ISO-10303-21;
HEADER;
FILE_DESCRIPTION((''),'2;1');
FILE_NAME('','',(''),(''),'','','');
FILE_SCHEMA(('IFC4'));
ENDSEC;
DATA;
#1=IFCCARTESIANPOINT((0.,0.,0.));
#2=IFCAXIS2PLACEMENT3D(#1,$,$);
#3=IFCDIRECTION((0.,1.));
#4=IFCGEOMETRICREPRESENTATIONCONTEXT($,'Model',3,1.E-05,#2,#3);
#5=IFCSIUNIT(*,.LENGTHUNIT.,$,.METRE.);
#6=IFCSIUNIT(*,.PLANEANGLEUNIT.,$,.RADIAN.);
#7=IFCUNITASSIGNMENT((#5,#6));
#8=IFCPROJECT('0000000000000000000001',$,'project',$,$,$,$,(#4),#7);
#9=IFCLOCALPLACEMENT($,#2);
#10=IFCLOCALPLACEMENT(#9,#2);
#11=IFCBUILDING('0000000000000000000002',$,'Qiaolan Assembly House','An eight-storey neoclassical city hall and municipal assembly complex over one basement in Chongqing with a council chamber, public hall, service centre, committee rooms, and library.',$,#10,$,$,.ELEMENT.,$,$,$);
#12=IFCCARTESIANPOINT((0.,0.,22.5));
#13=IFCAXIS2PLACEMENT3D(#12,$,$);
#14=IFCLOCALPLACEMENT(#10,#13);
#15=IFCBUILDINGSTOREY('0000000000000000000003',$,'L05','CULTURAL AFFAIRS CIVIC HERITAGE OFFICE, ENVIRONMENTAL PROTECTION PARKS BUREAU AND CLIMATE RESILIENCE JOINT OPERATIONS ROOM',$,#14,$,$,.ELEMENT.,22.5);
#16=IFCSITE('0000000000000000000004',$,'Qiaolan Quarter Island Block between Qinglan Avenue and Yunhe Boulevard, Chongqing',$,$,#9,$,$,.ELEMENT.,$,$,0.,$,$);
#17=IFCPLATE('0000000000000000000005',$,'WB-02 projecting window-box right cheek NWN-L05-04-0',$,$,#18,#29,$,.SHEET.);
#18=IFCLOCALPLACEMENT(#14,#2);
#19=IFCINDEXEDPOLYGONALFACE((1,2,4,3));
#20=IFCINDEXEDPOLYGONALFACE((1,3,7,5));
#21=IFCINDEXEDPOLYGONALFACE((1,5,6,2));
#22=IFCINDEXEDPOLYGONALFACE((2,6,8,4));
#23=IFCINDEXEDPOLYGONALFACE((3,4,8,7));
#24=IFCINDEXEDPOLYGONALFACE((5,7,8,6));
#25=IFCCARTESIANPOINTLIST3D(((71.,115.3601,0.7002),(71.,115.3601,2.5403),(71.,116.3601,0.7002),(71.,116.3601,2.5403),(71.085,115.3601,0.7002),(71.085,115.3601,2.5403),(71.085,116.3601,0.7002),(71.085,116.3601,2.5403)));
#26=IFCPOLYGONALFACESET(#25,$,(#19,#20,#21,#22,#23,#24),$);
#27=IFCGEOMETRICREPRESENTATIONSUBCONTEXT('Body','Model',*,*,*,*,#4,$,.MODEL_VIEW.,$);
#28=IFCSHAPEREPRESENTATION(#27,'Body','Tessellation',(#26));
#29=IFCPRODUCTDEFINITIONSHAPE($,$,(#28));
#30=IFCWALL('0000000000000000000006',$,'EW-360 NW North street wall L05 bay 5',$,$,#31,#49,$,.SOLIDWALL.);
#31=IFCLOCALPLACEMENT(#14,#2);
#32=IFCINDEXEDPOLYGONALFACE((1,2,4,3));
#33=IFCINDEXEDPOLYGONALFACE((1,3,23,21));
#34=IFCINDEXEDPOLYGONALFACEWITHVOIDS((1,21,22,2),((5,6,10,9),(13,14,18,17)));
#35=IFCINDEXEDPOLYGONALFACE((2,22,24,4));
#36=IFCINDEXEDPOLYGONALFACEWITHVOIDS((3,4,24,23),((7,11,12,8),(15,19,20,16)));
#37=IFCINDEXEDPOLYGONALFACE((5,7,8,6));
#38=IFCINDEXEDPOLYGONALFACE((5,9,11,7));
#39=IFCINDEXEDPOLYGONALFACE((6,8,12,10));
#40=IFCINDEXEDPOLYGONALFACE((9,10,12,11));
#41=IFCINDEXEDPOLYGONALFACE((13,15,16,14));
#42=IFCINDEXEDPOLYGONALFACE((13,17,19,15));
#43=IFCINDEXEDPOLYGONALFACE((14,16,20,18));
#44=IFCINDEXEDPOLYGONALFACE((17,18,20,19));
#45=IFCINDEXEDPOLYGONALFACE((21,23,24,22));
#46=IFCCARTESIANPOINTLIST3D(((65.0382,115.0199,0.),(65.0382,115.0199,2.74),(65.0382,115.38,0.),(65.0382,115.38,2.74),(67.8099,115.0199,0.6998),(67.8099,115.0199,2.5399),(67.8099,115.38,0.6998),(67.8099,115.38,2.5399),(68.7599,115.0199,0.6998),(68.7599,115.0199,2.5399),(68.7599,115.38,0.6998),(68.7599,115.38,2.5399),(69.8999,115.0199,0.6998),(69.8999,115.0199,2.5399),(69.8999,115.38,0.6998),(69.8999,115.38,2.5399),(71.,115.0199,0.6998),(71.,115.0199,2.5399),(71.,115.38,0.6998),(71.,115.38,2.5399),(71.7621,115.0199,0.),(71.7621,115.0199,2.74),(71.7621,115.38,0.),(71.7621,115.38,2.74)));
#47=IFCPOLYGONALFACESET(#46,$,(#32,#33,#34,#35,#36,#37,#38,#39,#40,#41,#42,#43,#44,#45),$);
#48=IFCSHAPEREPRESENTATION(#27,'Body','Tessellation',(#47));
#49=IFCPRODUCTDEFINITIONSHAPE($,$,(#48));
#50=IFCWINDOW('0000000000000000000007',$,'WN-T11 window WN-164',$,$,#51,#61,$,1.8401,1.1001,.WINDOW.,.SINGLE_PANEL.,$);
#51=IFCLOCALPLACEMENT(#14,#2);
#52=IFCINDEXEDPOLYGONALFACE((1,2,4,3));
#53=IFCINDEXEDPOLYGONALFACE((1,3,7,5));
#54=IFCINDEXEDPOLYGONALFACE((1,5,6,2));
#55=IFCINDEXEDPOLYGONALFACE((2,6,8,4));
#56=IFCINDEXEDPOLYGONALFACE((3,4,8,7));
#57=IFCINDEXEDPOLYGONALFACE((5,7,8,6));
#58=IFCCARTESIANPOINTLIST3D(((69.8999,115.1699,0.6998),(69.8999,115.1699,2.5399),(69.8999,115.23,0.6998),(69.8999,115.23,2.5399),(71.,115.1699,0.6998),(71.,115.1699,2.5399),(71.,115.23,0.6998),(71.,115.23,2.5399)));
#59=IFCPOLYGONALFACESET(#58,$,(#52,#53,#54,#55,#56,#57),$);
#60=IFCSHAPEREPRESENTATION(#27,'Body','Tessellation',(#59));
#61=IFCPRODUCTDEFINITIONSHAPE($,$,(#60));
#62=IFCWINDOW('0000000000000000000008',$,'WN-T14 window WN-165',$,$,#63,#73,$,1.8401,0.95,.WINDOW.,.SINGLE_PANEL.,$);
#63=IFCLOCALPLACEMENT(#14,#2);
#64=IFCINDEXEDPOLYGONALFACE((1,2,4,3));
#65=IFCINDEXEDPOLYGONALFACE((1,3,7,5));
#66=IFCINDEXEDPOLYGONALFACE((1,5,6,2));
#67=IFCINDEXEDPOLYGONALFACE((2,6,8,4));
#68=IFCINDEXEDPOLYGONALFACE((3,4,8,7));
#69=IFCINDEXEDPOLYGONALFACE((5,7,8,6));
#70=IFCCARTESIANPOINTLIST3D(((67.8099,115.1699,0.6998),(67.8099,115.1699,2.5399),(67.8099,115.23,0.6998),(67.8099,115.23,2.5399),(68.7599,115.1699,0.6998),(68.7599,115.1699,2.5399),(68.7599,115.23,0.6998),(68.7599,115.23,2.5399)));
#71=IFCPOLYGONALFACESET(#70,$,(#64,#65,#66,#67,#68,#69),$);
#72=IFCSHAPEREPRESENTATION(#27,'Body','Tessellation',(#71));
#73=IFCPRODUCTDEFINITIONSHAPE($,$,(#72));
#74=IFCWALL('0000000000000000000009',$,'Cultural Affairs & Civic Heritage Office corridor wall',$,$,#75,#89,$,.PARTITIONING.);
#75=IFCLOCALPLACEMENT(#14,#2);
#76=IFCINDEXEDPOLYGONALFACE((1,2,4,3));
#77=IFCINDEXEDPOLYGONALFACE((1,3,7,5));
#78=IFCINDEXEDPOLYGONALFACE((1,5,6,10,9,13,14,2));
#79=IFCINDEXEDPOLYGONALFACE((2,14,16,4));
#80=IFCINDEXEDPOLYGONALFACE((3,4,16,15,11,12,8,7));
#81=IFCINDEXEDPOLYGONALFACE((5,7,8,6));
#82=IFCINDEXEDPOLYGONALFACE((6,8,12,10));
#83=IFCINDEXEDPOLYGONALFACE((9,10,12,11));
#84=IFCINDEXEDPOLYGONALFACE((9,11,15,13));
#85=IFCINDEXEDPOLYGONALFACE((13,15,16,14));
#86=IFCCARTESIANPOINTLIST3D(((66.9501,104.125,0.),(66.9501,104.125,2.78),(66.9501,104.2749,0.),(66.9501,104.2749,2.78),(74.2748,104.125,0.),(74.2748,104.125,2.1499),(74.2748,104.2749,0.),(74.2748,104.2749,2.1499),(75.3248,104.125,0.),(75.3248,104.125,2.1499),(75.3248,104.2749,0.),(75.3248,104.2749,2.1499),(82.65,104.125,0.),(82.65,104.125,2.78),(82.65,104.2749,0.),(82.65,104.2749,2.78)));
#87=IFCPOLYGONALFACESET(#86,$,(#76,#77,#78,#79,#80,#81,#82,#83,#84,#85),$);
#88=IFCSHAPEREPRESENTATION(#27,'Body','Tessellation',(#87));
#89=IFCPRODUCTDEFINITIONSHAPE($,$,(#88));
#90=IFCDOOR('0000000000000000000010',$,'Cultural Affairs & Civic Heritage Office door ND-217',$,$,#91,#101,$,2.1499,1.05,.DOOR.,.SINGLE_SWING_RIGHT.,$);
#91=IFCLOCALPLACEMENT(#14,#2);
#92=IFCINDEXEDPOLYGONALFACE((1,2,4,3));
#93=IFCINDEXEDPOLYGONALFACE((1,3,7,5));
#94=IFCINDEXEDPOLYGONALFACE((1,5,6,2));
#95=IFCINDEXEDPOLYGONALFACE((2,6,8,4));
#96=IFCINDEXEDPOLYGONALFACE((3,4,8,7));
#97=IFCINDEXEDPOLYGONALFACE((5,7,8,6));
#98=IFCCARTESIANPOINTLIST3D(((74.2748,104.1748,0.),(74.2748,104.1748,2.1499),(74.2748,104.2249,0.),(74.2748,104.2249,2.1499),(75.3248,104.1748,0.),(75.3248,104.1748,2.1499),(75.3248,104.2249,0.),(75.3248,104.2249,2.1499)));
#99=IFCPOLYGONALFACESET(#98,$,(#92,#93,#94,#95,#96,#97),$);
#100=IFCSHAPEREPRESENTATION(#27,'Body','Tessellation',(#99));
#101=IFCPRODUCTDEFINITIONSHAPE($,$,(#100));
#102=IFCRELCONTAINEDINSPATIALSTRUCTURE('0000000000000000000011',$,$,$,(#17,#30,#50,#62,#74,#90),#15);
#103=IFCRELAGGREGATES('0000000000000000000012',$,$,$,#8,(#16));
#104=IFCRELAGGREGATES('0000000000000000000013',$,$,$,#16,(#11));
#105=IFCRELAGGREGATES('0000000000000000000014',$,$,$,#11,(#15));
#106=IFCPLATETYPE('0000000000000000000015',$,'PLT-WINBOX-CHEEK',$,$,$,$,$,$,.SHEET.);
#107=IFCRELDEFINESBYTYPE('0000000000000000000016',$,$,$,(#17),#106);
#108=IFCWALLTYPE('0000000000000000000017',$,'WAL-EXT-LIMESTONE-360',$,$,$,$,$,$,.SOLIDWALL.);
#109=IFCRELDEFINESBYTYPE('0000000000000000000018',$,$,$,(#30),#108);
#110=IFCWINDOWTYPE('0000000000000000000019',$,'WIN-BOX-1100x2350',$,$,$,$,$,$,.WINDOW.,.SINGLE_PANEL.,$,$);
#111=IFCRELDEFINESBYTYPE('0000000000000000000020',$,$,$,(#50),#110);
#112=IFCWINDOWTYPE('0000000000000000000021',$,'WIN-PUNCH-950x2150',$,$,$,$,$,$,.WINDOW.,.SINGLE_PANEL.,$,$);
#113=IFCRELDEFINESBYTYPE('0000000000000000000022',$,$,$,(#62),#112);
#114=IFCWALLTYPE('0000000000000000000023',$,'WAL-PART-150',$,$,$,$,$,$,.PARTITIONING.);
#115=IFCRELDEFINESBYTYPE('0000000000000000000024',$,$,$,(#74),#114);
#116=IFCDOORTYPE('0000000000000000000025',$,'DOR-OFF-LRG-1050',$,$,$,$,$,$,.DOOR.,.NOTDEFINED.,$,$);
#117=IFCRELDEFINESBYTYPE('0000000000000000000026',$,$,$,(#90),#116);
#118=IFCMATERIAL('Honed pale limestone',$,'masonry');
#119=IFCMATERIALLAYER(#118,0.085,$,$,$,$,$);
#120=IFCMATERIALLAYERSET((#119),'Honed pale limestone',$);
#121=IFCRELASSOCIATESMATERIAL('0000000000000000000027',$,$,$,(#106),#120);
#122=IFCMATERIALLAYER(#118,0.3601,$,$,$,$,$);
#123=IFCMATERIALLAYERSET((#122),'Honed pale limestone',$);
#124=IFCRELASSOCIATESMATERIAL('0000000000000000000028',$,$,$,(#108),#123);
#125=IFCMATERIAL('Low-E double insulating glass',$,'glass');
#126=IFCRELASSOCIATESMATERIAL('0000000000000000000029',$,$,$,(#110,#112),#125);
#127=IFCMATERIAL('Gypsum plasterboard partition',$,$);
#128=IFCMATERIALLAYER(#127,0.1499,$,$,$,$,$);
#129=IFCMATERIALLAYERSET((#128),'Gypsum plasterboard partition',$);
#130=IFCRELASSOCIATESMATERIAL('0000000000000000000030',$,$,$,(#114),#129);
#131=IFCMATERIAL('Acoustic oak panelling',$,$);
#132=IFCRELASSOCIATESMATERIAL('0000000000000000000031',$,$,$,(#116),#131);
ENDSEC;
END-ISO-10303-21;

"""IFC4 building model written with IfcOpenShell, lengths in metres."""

from ifc_helpers import new_model, si_unit, direction, frame, frame_2d, origin, origin_2d, place, context, subcontext, project, spatial, rectangle, extrude, material, layer, layer_set, type_object, element, fill, save


model = new_model("IFC4")

# Units and contexts
model_context = context("Model", 3, precision=1e-05, world=origin(), true_north=direction((0.0, 1.0)))
body_context = subcontext(model_context, "Body", "Model", "MODEL_VIEW")
ifc_project = project(units=[si_unit("LENGTHUNIT", "METRE"), si_unit("PLANEANGLEUNIT", "RADIAN")], contexts=[model_context])

# Site, building, storey
site_placement = place(None, origin())
site = spatial("IfcSite", under=ifc_project, at=site_placement, Name="Qiaolan Quarter Island Block between Qinglan Avenue and Yunhe Boulevard, Chongqing", CompositionType="ELEMENT", RefElevation=0.0)
building_placement = place(site_placement, origin())
building = spatial("IfcBuilding", under=site, at=building_placement, Name="Qiaolan Assembly House", Description="An eight-storey neoclassical city hall and municipal assembly complex over one basement in Chongqing with a council chamber, public hall, service centre, committee rooms, and library.", CompositionType="ELEMENT")
storey_placement = place(building_placement, frame((0.0, 0.0, 22.5)))
storey = spatial("IfcBuildingStorey", under=building, at=storey_placement, Name="L05", Description="CULTURAL AFFAIRS CIVIC HERITAGE OFFICE, ENVIRONMENTAL PROTECTION PARKS BUREAU AND CLIMATE RESILIENCE JOINT OPERATIONS ROOM", CompositionType="ELEMENT", Elevation=22.5)

# Plate
ifc_material_1 = material(Name="Honed pale limestone", Category="masonry")
ifc_layer_1 = layer(ifc_material_1, 0.085)
ifc_layer_set_1 = layer_set([ifc_layer_1], Name="Honed pale limestone")
plate_type = type_object("IfcPlateType", Name="PLT-WINBOX-CHEEK", PredefinedType="SHEET", material=ifc_layer_set_1)
for number, where, z_axis, x_axis, name in (
    (1, (71.0425, 115.8601, 0.7002), (0.0, 0.0, 1.0), (1.0, 0.0, 0.0), "WB-02 projecting window-box right cheek NWN-L05-04-0"),
):
    element("IfcPlate", number, at=place(storey_placement, frame(where, z_axis=z_axis, x_axis=x_axis)), inside=storey, type_object=plate_type, Name=name, PredefinedType="SHEET", context=body_context, shape_type="SweptSolid", body=[
        extrude(rectangle(XDim=0.085, YDim=1.0, at=origin_2d()), origin(), (0.0, 0.0, 1.0), 1.8401),
    ])

# Wall, openings, windows
ifc_layer_2 = layer(ifc_material_1, 0.3601)
ifc_layer_set_2 = layer_set([ifc_layer_2], Name="Honed pale limestone")
wall_type_1 = type_object("IfcWallType", Name="WAL-EXT-LIMESTONE-360", PredefinedType="SOLIDWALL", material=ifc_layer_set_2)
wall_1_placement = place(storey_placement, frame((71.762, 115.2, 0.0), z_axis=(0.0, 0.0, 1.0), x_axis=(-1.0, 0.0, 0.0)))
wall_1 = element("IfcWall", 2, at=wall_1_placement, inside=storey, type_object=wall_type_1, Name="EW-360 NW North street wall L05 bay 5", PredefinedType="SOLIDWALL", context=body_context, shape_type="SweptSolid", body=[
    extrude(rectangle(XDim=6.7239, YDim=0.3601, at=frame_2d((3.3618, 0.0))), origin(), (0.0, 0.0, 1.0), 2.74),
])
opening_1_placement = place(wall_1_placement, frame((0.762, 0.0, 0.7)))
opening_1 = element("IfcOpeningElement", 3, at=opening_1_placement, cuts=wall_1, PredefinedType="OPENING", context=body_context, shape_type="SweptSolid", body=[
    extrude(rectangle(XDim=1.1001, YDim=1.8401, at=frame_2d((0.55, 0.9199))), frame((0.0, 0.1899, 0.0), z_axis=(0.0, -1.0, 0.0), x_axis=(1.0, 0.0, 0.0)), (0.0, 0.0, 1.0), 0.3801),
])
opening_2_placement = place(wall_1_placement, frame((3.002, 0.0, 0.7)))
opening_2 = element("IfcOpeningElement", 4, at=opening_2_placement, cuts=wall_1, PredefinedType="OPENING", context=body_context, shape_type="SweptSolid", body=[
    extrude(rectangle(XDim=0.95, YDim=1.8401, at=frame_2d((0.4751, 0.9199))), frame((0.0, 0.1899, 0.0), z_axis=(0.0, -1.0, 0.0), x_axis=(1.0, 0.0, 0.0)), (0.0, 0.0, 1.0), 0.3801),
])
ifc_material_2 = material(Name="Low-E double insulating glass", Category="glass")
window_type_1 = type_object("IfcWindowType", Name="WIN-BOX-1100x2350", PartitioningType="SINGLE_PANEL", PredefinedType="WINDOW", material=ifc_material_2)
window_1_placement = place(opening_1_placement, origin())
window_1 = element("IfcWindow", 5, at=window_1_placement, inside=storey, type_object=window_type_1, Name="WN-T11 window WN-164", OverallHeight=1.8401, OverallWidth=1.1001, PartitioningType="SINGLE_PANEL", PredefinedType="WINDOW", context=body_context, shape_type="SweptSolid", body=[
    extrude(rectangle(XDim=1.1001, YDim=1.8401, at=frame_2d((0.55, 0.9199))), frame((0.0, 0.03, 0.0), z_axis=(0.0, -1.0, 0.0), x_axis=(1.0, 0.0, 0.0)), (0.0, 0.0, 1.0), 0.0601),
])
fill(opening_1, window_1)
window_type_2 = type_object("IfcWindowType", Name="WIN-PUNCH-950x2150", PartitioningType="SINGLE_PANEL", PredefinedType="WINDOW", material=ifc_material_2)
window_2_placement = place(opening_2_placement, origin())
window_2 = element("IfcWindow", 6, at=window_2_placement, inside=storey, type_object=window_type_2, Name="WN-T14 window WN-165", OverallHeight=1.8401, OverallWidth=0.95, PartitioningType="SINGLE_PANEL", PredefinedType="WINDOW", context=body_context, shape_type="SweptSolid", body=[
    extrude(rectangle(XDim=0.95, YDim=1.8401, at=frame_2d((0.4751, 0.9199))), frame((0.0, 0.03, 0.0), z_axis=(0.0, -1.0, 0.0), x_axis=(1.0, 0.0, 0.0)), (0.0, 0.0, 1.0), 0.0601),
])
fill(opening_2, window_2)

# Wall, opening, door
ifc_material_3 = material(Name="Gypsum plasterboard partition")
ifc_layer_3 = layer(ifc_material_3, 0.1499)
ifc_layer_set_3 = layer_set([ifc_layer_3], Name="Gypsum plasterboard partition")
wall_type_2 = type_object("IfcWallType", Name="WAL-PART-150", PredefinedType="PARTITIONING", material=ifc_layer_set_3)
wall_2_placement = place(storey_placement, frame((66.95, 104.2, 0.0), z_axis=(0.0, 0.0, 1.0), x_axis=(1.0, 0.0, 0.0)))
wall_2 = element("IfcWall", 7, at=wall_2_placement, inside=storey, type_object=wall_type_2, Name="Cultural Affairs & Civic Heritage Office corridor wall", PredefinedType="PARTITIONING", context=body_context, shape_type="SweptSolid", body=[
    extrude(rectangle(XDim=15.7, YDim=0.1499, at=frame_2d((7.8501, 0.0))), origin(), (0.0, 0.0, 1.0), 2.78),
])
opening_3_placement = place(wall_2_placement, frame((7.325, 0.0, 0.0)))
opening_3 = element("IfcOpeningElement", 8, at=opening_3_placement, cuts=wall_2, PredefinedType="OPENING", context=body_context, shape_type="SweptSolid", body=[
    extrude(rectangle(XDim=1.05, YDim=2.1499, at=frame_2d((0.5249, 1.075))), frame((0.0, 0.085, 0.0), z_axis=(0.0, -1.0, 0.0), x_axis=(1.0, 0.0, 0.0)), (0.0, 0.0, 1.0), 0.1699),
])
ifc_material_4 = material(Name="Acoustic oak panelling")
door_type = type_object("IfcDoorType", Name="DOR-OFF-LRG-1050", OperationType="NOTDEFINED", PredefinedType="DOOR", material=ifc_material_4)
door_placement = place(opening_3_placement, origin())
door = element("IfcDoor", 9, at=door_placement, inside=storey, type_object=door_type, Name="Cultural Affairs & Civic Heritage Office door ND-217", OperationType="SINGLE_SWING_RIGHT", OverallHeight=2.1499, OverallWidth=1.05, PredefinedType="DOOR", context=body_context, shape_type="SweptSolid", body=[
    extrude(rectangle(XDim=1.05, YDim=2.1499, at=frame_2d((0.5249, 1.075))), frame((0.0, 0.0249, 0.0), z_axis=(0.0, -1.0, 0.0), x_axis=(1.0, 0.0, 0.0)), (0.0, 0.0, 1.0), 0.05),
])
fill(opening_3, door)

save(model, "model.ifc")
